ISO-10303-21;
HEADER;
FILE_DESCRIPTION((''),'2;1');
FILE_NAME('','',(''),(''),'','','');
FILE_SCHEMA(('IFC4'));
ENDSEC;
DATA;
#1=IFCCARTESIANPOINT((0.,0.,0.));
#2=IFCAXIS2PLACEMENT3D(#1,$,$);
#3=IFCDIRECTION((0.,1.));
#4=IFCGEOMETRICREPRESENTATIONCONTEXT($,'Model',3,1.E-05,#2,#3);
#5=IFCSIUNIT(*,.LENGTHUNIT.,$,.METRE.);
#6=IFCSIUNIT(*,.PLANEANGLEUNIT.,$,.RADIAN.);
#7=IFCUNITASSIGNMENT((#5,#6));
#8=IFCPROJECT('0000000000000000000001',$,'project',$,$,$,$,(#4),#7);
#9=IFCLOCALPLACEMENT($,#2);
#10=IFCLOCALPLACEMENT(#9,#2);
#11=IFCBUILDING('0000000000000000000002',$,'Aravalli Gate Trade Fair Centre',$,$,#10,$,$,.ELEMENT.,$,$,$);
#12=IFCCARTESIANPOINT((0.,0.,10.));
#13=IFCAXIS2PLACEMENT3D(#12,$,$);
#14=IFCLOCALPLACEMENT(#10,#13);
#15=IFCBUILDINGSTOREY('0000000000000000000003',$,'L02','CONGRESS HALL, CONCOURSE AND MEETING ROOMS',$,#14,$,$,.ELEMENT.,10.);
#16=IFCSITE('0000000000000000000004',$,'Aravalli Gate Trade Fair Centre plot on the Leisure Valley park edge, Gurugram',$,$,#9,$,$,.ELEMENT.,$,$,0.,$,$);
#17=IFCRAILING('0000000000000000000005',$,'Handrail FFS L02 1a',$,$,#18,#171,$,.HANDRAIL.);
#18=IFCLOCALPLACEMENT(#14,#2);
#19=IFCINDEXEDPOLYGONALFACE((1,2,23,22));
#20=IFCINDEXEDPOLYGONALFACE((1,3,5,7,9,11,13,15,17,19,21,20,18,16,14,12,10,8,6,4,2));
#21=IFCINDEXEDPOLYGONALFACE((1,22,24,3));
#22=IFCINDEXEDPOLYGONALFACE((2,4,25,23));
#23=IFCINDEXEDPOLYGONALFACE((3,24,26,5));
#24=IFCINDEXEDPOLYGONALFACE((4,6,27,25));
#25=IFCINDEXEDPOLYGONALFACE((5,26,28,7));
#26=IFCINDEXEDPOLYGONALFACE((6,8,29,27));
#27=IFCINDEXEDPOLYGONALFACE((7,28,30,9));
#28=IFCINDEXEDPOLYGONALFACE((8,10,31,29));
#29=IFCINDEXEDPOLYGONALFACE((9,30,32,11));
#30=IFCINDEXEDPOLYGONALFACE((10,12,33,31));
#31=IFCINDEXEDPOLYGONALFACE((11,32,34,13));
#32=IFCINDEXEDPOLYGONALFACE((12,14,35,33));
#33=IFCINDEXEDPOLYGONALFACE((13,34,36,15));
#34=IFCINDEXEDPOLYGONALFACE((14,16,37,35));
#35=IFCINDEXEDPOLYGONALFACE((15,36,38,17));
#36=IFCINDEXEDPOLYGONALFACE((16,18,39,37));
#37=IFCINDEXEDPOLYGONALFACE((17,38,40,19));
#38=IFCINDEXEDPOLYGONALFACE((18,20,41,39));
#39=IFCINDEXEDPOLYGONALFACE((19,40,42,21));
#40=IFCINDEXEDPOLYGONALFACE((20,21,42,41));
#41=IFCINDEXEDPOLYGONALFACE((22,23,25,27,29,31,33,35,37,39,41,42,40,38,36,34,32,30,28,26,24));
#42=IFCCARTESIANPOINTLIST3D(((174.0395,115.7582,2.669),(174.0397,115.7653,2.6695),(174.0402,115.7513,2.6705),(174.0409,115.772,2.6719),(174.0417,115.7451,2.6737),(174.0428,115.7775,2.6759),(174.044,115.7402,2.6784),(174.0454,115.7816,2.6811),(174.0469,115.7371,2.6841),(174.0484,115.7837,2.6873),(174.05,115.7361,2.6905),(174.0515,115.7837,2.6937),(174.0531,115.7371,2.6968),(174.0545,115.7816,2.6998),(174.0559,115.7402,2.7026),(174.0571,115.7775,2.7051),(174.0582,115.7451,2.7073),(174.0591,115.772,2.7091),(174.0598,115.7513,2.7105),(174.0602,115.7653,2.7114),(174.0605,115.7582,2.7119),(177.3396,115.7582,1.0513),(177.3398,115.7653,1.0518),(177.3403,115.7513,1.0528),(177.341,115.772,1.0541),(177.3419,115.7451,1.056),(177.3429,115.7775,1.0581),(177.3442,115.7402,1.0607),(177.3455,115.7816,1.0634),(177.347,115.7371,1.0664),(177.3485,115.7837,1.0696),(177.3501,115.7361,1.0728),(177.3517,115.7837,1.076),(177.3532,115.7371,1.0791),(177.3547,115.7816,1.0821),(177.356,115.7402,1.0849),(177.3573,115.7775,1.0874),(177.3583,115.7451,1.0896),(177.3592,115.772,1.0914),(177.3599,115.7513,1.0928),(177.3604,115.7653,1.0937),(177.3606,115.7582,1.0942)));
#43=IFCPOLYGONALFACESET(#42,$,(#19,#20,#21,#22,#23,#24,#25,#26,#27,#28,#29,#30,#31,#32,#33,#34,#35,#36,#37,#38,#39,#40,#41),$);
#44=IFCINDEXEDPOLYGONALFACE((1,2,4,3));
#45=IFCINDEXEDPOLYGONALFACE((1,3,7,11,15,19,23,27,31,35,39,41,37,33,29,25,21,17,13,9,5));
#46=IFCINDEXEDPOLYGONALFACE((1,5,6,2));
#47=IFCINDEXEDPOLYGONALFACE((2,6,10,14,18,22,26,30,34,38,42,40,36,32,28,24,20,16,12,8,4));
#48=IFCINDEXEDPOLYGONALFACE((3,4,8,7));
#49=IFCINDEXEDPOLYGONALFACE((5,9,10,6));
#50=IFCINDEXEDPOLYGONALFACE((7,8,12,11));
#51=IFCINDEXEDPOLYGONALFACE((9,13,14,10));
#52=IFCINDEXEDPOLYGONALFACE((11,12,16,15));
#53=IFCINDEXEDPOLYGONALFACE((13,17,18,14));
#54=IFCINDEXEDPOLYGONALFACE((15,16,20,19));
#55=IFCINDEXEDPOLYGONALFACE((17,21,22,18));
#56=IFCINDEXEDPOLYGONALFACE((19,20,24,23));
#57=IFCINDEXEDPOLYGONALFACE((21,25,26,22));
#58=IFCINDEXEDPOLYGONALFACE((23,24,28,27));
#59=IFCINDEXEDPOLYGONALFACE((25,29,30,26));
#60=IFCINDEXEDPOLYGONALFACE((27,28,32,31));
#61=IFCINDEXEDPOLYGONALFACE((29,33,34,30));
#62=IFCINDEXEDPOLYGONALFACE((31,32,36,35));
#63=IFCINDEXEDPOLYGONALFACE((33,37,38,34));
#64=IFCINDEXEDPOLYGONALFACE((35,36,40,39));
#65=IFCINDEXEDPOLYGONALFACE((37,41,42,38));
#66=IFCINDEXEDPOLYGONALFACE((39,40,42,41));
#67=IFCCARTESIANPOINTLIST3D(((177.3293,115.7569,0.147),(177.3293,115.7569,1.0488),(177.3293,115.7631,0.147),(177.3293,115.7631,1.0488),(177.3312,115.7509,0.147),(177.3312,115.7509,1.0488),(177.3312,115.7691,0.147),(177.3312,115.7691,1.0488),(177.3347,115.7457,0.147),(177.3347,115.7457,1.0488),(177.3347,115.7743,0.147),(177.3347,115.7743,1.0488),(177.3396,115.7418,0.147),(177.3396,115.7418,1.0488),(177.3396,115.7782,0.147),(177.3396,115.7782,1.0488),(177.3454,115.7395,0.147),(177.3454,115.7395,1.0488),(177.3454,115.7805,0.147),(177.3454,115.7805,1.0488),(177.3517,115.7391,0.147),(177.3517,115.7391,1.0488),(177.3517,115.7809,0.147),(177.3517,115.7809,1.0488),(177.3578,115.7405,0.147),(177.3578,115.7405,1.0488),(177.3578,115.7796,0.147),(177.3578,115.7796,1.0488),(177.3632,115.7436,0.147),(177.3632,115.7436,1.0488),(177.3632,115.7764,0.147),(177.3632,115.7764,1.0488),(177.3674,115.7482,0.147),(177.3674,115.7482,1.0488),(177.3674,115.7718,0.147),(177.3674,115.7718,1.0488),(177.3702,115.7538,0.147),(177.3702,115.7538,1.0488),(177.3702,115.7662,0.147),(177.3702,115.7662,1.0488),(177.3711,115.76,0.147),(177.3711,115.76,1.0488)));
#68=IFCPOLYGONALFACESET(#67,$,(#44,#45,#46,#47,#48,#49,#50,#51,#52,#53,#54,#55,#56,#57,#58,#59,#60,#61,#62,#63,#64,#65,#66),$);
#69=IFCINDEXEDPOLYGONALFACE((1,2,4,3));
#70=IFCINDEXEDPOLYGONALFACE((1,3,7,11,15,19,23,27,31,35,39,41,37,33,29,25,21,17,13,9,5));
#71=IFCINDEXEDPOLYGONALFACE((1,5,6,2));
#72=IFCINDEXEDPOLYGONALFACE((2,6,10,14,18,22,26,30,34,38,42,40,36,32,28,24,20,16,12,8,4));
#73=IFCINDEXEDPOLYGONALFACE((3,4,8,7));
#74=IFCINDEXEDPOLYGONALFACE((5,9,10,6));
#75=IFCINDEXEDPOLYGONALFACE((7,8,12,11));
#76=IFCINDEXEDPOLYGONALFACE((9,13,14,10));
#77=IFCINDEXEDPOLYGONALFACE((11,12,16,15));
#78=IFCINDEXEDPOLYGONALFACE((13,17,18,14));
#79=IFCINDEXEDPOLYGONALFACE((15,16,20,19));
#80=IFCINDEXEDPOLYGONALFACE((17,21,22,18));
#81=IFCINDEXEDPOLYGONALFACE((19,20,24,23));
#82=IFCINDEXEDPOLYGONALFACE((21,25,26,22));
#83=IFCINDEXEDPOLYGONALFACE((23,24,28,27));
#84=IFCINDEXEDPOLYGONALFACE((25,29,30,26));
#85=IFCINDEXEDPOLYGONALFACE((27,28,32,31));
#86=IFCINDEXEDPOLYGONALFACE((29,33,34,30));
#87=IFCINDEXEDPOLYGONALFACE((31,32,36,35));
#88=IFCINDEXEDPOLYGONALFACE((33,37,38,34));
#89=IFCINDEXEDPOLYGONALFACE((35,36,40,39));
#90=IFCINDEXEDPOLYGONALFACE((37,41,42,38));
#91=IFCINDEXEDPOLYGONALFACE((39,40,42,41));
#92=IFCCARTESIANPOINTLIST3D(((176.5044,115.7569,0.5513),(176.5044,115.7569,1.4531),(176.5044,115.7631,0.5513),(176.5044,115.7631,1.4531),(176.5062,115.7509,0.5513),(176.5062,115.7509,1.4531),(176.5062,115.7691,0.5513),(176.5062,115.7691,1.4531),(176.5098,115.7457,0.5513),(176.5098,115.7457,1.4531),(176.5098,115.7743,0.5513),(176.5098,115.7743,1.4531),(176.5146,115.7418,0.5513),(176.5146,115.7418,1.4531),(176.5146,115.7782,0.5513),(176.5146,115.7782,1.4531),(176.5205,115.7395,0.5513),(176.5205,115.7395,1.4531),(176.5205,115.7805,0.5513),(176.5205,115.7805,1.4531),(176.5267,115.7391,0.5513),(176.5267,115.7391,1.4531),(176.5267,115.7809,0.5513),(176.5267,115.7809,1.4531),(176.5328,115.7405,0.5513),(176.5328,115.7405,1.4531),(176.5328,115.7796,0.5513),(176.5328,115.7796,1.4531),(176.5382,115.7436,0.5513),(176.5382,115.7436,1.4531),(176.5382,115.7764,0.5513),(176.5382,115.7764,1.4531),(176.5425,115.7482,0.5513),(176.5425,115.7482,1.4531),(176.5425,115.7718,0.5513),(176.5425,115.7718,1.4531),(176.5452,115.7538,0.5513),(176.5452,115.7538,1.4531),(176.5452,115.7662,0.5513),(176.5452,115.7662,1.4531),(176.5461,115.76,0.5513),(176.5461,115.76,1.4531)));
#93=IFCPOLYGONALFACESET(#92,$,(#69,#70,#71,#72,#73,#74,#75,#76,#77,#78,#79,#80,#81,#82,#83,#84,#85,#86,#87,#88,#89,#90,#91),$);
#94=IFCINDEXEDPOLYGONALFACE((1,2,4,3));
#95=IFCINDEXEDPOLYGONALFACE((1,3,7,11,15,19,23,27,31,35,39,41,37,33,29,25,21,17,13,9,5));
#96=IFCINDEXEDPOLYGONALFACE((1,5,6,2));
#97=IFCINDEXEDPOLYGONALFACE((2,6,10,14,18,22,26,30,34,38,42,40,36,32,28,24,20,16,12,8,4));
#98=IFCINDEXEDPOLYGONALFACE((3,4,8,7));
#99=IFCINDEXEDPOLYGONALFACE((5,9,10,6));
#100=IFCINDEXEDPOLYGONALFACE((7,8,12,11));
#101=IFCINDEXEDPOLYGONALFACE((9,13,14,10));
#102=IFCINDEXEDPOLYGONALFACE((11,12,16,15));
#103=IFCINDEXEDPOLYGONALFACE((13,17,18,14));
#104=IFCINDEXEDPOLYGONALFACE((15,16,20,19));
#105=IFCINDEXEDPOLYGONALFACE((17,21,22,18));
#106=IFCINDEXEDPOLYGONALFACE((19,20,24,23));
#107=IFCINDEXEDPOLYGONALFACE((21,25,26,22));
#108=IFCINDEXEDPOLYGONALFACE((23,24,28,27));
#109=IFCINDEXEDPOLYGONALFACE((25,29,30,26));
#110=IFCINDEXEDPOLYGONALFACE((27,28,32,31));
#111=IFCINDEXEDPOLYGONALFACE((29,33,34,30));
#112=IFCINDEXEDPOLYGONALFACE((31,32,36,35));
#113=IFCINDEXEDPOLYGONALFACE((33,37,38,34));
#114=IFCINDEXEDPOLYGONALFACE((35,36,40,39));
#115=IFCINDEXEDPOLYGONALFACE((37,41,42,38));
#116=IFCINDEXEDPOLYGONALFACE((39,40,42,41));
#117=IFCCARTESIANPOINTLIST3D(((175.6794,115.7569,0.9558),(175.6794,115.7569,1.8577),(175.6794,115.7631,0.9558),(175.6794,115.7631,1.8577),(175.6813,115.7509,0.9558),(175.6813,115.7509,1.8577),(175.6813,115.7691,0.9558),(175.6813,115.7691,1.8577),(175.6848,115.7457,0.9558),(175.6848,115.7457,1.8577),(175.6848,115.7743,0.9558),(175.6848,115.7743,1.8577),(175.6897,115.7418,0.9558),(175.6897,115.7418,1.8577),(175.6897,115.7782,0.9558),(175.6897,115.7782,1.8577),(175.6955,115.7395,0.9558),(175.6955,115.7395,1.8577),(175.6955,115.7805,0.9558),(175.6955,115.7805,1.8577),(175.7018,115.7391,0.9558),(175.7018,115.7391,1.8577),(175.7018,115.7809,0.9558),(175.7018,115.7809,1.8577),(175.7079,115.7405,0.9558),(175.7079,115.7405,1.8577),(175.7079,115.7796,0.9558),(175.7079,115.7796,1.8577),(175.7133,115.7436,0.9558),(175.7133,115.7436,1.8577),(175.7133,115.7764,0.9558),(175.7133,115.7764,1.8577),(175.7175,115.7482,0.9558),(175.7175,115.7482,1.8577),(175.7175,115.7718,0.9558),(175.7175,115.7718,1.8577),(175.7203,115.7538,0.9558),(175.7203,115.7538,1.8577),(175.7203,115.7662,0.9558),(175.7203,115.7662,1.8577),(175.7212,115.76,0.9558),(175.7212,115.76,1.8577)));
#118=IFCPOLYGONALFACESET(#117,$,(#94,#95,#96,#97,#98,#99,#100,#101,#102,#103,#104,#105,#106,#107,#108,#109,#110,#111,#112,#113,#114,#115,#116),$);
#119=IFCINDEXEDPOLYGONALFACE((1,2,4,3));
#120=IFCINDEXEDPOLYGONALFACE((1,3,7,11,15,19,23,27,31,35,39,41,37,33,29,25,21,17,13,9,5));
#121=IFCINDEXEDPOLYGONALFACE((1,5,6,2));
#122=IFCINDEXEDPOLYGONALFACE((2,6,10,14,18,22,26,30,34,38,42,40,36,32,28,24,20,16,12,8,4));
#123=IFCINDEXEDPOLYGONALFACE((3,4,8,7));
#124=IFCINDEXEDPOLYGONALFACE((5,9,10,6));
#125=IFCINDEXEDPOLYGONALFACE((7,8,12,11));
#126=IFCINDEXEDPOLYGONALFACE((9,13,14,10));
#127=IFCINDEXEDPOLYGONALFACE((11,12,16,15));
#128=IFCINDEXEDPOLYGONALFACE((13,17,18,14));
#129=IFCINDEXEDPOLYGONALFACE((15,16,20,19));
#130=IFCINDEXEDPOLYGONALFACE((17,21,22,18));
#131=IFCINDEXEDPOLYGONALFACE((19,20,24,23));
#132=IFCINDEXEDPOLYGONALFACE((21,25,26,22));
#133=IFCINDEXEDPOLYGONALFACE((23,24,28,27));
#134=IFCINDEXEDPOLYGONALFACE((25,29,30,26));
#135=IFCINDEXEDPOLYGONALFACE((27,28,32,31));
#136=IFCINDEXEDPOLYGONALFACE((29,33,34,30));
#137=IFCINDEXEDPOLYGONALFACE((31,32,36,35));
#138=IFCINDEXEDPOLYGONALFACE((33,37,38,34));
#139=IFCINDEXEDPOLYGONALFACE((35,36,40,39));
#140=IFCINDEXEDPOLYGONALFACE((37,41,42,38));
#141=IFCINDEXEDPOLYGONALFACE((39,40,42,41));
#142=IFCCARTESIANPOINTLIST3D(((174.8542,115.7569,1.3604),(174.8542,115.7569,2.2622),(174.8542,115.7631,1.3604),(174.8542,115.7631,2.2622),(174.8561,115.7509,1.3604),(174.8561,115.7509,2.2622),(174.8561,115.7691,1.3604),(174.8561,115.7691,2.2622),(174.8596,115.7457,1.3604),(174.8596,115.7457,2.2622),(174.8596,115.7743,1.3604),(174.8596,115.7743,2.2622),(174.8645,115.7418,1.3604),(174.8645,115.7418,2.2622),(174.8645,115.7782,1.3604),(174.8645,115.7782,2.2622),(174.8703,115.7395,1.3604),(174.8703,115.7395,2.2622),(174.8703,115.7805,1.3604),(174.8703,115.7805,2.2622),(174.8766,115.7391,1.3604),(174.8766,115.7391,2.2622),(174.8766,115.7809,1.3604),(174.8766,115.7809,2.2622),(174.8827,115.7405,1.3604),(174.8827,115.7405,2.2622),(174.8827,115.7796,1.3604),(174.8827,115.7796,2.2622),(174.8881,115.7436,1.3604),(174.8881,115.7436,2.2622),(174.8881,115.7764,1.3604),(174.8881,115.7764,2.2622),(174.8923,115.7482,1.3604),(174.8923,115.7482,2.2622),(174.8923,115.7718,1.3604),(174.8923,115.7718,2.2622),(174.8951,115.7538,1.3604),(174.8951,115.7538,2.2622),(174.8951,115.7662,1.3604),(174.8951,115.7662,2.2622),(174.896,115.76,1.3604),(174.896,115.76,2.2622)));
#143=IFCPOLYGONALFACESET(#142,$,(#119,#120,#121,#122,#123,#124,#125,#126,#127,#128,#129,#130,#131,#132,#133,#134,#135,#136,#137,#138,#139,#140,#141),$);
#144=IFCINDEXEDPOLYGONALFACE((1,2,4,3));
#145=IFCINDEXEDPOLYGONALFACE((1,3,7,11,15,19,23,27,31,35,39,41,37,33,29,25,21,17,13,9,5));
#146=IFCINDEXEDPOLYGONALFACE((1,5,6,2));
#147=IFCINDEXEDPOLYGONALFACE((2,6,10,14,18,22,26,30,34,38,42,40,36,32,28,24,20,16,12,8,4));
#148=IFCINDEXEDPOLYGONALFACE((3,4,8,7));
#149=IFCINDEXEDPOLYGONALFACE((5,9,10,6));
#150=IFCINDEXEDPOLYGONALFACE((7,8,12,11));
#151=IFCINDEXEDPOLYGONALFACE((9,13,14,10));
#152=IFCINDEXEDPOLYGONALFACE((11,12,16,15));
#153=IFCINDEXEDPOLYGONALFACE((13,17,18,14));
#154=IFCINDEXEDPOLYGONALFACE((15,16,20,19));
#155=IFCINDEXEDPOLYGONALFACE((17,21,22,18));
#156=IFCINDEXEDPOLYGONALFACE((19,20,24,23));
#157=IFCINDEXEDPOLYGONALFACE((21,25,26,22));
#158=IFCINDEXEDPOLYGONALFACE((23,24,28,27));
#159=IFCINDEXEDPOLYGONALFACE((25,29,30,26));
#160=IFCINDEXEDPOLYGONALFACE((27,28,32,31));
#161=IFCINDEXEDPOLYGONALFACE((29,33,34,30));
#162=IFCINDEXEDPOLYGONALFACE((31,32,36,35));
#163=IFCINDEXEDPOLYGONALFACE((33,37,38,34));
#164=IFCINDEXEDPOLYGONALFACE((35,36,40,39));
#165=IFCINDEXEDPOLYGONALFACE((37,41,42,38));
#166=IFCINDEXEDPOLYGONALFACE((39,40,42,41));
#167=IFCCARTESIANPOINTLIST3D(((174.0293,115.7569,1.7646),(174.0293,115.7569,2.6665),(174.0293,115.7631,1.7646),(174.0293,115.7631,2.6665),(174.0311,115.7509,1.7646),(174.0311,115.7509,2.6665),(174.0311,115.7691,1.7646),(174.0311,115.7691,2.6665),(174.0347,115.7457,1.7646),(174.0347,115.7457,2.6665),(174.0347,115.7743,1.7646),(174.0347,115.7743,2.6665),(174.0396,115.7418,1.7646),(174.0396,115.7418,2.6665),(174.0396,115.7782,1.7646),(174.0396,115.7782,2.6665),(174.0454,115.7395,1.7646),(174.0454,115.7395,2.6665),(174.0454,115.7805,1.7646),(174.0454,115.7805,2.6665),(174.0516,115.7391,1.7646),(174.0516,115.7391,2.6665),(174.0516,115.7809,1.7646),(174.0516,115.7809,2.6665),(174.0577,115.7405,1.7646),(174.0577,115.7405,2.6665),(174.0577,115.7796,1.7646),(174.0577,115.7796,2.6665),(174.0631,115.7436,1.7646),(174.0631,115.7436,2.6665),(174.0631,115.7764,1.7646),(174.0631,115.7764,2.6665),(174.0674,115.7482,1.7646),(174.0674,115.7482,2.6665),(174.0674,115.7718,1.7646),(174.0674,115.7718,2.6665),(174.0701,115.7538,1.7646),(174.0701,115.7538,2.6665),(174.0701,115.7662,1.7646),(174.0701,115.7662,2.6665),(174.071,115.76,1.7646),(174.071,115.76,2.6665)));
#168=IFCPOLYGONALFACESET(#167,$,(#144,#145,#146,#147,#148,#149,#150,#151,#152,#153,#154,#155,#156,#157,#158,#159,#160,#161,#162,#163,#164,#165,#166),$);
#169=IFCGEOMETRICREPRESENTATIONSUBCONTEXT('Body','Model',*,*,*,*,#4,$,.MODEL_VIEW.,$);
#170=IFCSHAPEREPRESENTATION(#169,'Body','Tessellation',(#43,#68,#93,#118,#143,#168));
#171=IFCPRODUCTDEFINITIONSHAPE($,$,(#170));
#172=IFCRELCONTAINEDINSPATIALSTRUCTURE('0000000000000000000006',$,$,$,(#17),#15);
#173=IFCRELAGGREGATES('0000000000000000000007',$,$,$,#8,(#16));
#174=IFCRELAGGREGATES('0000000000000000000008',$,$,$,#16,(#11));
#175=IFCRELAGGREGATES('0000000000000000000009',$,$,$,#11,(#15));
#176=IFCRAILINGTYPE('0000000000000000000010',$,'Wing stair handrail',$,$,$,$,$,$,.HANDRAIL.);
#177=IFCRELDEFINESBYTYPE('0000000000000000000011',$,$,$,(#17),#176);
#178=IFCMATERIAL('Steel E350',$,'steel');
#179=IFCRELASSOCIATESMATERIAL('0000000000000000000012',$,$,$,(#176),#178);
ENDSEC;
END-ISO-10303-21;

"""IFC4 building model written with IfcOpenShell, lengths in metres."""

from ifc_helpers import new_model, si_unit, direction, frame, origin, origin_2d, place, context, subcontext, project, spatial, circle, extrude, material, type_object, element, save


model = new_model("IFC4")

# Units and contexts
model_context = context("Model", 3, precision=1e-05, world=origin(), true_north=direction((0.0, 1.0)))
body_context = subcontext(model_context, "Body", "Model", "MODEL_VIEW")
ifc_project = project(units=[si_unit("LENGTHUNIT", "METRE"), si_unit("PLANEANGLEUNIT", "RADIAN")], contexts=[model_context])

# Site, building, storey
site_placement = place(None, origin())
site = spatial("IfcSite", under=ifc_project, at=site_placement, Name="Aravalli Gate Trade Fair Centre plot on the Leisure Valley park edge, Gurugram", CompositionType="ELEMENT", RefElevation=0.0)
building_placement = place(site_placement, origin())
building = spatial("IfcBuilding", under=site, at=building_placement, Name="Aravalli Gate Trade Fair Centre", CompositionType="ELEMENT")
storey_placement = place(building_placement, frame((0.0, 0.0, 10.0)))
storey = spatial("IfcBuildingStorey", under=building, at=storey_placement, Name="L02", Description="CONGRESS HALL, CONCOURSE AND MEETING ROOMS", CompositionType="ELEMENT", Elevation=10.0)

# Railing
ifc_material_1 = material(Name="Steel E350", Category="steel")
railing_type = type_object("IfcRailingType", Name="Wing stair handrail", PredefinedType="HANDRAIL", material=ifc_material_1)
railing_1_placement = place(storey_placement, frame((177.3501, 115.76, 0.147)))
element("IfcRailing", 1, at=railing_1_placement, inside=storey, type_object=railing_type, Name="Handrail FFS L02 1a", PredefinedType="HANDRAIL", context=body_context, shape_type="SweptSolid", body=[
    extrude(circle(Radius=0.0239, at=origin_2d()), frame((0.0, 0.0, 0.9258), z_axis=(-0.89792, 0.0, 0.440158), x_axis=(0.0, -1.0, 0.0)), (0.0, 0.0, 1.0), 3.6753),
    extrude(circle(Radius=0.021, at=origin_2d()), origin(), (0.0, 0.0, 1.0), 0.9019),
    extrude(circle(Radius=0.021, at=origin_2d()), frame((-0.825, 0.0, 0.4043)), (0.0, 0.0, 1.0), 0.9019),
    extrude(circle(Radius=0.021, at=origin_2d()), frame((-1.6499, 0.0, 0.8088)), (0.0, 0.0, 1.0), 0.9019),
    extrude(circle(Radius=0.021, at=origin_2d()), frame((-2.4751, 0.0, 1.2134)), (0.0, 0.0, 1.0), 0.9019),
    extrude(circle(Radius=0.021, at=origin_2d()), frame((-3.3, 0.0, 1.6177)), (0.0, 0.0, 1.0), 0.9019),
])

save(model, "model.ifc")
